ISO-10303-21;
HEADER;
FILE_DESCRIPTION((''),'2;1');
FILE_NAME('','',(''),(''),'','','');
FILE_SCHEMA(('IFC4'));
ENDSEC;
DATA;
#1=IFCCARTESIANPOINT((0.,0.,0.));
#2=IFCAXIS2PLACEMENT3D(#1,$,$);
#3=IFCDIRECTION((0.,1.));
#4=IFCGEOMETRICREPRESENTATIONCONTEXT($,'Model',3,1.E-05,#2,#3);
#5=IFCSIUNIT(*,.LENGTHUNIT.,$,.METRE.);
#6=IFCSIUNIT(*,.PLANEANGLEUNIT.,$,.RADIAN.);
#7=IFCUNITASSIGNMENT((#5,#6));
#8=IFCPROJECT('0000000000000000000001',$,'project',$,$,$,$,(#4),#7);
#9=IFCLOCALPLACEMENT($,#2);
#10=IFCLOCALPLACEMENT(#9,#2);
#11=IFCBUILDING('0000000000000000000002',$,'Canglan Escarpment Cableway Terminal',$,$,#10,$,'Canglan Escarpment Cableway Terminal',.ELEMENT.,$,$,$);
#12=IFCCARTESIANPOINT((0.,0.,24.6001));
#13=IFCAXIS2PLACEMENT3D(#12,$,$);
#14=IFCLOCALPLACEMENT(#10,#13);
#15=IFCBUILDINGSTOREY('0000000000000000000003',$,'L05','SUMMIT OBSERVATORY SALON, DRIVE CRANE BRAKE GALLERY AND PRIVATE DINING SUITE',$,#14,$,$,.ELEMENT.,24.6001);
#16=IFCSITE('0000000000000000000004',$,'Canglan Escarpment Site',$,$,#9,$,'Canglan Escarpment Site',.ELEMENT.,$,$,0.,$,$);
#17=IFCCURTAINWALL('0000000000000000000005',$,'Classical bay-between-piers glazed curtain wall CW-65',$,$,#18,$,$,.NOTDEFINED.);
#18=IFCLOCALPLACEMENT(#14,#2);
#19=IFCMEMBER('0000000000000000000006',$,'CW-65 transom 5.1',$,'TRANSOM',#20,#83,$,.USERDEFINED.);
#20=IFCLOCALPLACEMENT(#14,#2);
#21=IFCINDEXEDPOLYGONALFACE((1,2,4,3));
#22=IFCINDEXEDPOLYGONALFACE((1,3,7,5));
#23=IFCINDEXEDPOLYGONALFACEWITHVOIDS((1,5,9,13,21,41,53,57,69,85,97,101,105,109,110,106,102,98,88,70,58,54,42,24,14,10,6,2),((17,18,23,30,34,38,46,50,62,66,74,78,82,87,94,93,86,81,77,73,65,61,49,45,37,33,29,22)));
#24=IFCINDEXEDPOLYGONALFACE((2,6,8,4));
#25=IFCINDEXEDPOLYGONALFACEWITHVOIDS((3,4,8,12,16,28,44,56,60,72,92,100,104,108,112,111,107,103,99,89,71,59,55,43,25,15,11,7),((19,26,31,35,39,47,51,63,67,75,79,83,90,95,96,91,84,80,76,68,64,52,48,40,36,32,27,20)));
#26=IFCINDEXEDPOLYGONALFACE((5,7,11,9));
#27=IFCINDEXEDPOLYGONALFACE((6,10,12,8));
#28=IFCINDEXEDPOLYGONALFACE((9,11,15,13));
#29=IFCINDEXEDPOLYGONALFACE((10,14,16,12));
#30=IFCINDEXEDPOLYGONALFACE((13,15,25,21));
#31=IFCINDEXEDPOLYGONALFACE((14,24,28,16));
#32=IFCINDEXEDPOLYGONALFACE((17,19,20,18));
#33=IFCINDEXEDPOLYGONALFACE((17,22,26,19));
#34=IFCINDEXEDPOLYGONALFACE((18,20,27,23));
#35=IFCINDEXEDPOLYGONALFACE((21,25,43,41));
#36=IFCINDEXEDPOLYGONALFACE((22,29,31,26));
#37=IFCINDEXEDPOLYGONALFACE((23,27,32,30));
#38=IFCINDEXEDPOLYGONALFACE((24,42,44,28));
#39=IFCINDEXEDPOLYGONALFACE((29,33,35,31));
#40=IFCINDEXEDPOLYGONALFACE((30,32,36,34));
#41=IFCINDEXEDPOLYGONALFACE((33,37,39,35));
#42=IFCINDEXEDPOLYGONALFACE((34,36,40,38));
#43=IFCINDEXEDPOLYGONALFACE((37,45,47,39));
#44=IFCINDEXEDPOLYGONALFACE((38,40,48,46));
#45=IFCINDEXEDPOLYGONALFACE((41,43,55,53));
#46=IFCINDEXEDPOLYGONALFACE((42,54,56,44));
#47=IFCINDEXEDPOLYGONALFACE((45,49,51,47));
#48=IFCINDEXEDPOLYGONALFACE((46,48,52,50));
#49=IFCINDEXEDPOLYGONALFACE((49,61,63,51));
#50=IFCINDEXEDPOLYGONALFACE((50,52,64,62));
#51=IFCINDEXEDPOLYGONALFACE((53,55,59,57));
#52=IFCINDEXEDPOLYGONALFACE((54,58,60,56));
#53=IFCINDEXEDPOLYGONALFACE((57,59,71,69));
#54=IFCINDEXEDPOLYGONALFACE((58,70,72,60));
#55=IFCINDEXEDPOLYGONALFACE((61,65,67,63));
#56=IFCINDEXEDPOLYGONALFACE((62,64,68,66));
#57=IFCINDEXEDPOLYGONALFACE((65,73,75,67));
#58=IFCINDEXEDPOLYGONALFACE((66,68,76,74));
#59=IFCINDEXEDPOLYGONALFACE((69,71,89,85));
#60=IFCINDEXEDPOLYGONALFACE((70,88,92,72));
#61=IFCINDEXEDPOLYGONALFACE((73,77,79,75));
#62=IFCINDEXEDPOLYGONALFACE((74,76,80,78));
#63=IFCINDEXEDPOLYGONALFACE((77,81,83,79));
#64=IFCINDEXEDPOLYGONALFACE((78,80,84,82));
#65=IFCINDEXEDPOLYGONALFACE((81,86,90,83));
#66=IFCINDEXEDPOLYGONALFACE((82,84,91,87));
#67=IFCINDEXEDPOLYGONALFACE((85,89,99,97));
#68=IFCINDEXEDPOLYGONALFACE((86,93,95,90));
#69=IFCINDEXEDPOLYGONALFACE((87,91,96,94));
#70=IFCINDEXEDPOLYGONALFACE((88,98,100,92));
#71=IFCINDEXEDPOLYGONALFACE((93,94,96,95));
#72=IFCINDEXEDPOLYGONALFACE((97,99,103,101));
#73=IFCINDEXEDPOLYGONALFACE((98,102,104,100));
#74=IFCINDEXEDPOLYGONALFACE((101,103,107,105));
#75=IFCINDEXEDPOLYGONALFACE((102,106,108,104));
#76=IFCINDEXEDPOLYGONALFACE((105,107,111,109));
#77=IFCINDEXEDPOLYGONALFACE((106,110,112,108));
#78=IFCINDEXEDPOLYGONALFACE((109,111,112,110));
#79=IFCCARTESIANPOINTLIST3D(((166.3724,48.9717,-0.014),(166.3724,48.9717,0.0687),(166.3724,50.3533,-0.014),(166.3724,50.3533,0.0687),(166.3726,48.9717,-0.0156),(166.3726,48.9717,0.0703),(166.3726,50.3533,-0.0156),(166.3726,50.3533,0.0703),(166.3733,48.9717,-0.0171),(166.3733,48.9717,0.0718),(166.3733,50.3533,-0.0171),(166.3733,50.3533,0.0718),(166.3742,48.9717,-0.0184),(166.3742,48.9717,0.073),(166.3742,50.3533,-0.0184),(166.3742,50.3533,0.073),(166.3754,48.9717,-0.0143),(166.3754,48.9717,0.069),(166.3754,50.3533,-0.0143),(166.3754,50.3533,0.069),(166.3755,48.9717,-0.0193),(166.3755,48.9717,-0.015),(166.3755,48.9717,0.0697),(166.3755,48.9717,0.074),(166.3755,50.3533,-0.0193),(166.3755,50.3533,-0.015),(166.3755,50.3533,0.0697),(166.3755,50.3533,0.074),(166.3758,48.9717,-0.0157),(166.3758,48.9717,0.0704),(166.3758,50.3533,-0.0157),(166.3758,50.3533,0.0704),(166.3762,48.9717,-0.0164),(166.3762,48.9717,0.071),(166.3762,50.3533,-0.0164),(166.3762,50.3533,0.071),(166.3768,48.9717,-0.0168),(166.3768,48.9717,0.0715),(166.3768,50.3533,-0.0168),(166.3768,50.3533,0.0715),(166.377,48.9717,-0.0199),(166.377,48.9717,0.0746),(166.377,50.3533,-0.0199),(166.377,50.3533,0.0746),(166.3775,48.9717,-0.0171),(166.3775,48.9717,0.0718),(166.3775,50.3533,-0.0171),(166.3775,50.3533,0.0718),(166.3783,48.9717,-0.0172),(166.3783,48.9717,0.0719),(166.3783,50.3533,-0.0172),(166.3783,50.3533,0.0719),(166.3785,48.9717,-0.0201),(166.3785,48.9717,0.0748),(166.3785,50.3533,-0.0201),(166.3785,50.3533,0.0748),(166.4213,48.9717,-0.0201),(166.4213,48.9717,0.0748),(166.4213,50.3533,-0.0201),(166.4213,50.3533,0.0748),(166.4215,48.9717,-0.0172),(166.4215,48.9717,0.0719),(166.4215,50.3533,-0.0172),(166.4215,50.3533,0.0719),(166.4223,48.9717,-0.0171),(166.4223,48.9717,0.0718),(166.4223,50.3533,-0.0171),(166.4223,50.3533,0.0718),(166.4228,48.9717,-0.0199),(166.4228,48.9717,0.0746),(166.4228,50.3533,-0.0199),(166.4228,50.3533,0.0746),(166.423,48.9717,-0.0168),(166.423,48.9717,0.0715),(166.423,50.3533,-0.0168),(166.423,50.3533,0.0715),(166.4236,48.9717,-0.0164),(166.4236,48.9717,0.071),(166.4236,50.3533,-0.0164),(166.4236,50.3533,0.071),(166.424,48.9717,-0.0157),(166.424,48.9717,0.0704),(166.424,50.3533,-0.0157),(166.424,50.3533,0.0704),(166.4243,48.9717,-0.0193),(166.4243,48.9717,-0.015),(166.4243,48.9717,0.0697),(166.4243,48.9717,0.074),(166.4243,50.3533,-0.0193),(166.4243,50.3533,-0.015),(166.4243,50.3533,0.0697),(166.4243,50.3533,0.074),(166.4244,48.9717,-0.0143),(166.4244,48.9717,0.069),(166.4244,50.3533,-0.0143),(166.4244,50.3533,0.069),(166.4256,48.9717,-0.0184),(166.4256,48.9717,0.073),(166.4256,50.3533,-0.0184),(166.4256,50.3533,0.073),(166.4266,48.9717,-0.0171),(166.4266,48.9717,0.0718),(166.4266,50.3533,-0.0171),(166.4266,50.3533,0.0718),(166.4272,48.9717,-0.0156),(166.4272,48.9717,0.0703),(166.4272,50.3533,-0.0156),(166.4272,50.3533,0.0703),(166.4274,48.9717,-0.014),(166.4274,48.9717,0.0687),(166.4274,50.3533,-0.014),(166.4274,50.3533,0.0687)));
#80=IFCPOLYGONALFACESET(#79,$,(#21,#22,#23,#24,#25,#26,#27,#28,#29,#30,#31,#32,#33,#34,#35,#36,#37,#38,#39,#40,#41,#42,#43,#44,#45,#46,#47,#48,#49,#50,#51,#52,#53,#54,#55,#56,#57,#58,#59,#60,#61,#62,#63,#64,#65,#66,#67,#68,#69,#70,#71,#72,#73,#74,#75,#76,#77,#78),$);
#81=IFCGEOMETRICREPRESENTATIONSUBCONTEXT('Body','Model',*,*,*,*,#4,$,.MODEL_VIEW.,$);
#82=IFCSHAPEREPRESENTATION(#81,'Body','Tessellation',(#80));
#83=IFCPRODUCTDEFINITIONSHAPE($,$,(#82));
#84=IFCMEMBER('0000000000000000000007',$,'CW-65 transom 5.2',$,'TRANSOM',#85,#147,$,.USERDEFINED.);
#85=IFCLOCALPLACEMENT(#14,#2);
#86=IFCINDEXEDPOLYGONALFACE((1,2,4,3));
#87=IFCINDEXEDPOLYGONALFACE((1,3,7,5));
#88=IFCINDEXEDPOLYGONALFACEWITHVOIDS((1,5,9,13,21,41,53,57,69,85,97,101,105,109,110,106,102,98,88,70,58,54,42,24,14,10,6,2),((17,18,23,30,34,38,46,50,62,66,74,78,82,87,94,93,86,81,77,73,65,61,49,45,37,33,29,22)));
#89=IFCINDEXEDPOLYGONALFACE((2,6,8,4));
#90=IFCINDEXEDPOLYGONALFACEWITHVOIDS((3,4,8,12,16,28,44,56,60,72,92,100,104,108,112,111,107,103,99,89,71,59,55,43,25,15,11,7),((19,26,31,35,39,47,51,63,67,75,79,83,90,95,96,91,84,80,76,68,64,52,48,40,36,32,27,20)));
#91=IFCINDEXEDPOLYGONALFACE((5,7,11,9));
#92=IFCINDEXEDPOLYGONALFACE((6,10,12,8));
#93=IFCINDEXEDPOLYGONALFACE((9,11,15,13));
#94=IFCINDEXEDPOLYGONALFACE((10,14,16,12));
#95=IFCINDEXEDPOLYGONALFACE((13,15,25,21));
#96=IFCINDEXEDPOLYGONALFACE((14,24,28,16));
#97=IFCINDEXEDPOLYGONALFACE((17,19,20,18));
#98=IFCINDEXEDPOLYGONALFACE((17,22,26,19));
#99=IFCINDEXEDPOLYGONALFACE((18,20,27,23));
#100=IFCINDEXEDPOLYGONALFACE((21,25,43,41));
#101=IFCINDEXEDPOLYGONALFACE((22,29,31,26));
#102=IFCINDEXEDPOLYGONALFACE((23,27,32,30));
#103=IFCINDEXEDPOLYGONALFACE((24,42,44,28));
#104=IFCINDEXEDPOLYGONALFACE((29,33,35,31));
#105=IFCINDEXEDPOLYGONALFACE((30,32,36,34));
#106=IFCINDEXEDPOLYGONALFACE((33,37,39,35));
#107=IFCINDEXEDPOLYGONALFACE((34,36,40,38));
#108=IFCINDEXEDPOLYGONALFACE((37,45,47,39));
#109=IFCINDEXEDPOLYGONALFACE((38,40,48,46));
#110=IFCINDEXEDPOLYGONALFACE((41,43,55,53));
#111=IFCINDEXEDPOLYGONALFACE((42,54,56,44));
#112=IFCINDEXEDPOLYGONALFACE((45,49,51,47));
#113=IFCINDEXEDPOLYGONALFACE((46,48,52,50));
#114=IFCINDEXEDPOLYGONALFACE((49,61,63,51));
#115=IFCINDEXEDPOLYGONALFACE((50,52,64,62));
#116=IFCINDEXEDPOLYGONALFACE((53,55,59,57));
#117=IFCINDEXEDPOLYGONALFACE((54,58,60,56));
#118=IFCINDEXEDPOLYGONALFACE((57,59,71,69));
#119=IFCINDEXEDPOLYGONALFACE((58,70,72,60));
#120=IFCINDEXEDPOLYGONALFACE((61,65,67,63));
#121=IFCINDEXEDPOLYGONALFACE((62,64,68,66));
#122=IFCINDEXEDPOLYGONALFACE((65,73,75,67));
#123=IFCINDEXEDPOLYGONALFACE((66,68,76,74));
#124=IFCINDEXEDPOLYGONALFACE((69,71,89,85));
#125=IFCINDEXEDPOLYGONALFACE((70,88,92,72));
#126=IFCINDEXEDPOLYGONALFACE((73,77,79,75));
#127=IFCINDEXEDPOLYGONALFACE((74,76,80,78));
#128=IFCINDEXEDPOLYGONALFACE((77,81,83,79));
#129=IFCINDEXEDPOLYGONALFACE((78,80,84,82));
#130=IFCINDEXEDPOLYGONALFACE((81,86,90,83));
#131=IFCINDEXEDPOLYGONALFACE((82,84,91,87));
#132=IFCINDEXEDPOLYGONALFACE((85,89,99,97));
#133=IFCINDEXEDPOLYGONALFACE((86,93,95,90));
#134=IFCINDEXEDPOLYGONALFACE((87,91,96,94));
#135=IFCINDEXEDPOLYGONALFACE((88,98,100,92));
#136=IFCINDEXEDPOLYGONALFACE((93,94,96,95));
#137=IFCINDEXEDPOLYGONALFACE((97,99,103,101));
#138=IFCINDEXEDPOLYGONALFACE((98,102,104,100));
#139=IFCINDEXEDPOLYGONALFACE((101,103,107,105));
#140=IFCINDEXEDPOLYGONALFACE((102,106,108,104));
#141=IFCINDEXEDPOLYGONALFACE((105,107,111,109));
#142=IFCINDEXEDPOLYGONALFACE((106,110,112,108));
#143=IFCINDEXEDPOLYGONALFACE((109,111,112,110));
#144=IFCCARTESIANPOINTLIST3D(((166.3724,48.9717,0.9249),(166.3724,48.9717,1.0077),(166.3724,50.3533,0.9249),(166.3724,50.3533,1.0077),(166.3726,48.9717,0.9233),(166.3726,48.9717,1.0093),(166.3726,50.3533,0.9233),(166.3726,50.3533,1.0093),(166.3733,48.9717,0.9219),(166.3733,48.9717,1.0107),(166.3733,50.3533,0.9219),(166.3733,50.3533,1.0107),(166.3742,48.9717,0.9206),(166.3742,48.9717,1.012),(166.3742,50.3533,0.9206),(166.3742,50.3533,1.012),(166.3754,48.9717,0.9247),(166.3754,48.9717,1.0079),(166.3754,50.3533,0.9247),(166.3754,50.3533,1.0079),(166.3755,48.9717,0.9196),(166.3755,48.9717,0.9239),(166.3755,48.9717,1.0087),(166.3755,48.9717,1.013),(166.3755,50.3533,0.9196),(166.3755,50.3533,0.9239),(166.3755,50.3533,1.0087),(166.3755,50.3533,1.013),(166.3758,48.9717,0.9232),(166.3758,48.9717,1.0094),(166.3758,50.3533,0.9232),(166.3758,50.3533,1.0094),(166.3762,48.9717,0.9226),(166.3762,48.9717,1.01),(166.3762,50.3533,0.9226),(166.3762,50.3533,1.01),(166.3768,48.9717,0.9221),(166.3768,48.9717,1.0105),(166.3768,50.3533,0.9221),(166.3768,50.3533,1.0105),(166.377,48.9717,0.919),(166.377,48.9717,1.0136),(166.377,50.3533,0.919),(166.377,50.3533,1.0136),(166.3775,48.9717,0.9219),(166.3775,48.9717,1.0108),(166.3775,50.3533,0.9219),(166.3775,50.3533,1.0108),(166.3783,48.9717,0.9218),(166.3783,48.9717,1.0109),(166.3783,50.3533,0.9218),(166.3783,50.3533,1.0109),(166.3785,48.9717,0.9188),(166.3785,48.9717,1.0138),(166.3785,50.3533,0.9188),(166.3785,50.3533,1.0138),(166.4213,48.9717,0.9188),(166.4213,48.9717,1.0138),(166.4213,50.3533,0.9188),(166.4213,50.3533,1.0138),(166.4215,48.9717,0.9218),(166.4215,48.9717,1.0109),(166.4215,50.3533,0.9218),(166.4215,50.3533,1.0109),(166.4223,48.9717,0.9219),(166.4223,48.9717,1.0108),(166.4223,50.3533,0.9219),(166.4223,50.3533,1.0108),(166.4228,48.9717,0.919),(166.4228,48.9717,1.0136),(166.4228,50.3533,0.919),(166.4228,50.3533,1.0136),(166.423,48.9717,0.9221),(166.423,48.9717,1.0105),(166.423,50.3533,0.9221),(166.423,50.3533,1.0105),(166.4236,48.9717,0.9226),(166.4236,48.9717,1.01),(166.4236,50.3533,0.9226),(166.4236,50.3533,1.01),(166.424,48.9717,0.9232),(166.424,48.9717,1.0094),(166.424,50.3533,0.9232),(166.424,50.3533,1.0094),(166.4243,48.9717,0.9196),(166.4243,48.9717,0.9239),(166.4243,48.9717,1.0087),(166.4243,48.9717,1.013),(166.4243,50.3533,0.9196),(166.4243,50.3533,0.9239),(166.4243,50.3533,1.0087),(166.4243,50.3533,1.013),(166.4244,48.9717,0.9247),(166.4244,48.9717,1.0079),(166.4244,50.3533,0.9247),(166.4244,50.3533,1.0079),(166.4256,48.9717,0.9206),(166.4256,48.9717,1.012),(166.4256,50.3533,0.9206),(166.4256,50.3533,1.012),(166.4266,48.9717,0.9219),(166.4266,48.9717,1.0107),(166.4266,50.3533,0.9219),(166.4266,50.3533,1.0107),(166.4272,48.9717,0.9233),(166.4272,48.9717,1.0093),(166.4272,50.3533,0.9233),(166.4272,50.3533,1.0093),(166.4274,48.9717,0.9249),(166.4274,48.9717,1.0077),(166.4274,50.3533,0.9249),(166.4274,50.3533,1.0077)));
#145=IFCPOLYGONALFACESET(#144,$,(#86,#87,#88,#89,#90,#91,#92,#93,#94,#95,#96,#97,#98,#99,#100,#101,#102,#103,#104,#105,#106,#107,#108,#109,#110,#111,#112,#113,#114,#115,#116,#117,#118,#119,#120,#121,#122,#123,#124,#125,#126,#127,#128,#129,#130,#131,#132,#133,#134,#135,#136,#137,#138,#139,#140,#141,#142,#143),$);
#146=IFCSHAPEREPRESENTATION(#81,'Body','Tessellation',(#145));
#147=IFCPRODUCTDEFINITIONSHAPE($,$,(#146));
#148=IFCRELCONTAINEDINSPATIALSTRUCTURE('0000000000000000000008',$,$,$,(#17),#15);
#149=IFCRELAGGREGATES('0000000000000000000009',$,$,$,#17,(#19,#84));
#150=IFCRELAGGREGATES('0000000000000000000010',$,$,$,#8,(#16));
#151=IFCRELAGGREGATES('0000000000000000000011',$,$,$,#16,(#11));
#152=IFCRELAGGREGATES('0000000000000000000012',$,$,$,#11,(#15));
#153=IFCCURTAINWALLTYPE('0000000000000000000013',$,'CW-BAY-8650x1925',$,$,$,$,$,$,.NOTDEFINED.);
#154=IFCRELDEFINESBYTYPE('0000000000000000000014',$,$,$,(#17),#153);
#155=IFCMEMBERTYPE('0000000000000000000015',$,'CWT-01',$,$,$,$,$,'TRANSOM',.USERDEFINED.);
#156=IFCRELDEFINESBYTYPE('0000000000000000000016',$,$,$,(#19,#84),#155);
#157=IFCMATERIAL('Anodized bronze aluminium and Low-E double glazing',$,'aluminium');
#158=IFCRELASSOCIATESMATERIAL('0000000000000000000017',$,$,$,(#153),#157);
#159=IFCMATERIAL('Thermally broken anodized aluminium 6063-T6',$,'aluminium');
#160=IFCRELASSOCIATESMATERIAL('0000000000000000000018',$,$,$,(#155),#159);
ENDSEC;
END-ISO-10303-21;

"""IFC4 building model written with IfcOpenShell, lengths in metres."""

from ifc_helpers import new_model, si_unit, direction, frame, origin, origin_2d, place, context, subcontext, project, spatial, hollow_rectangle, extrude, material, material_profile, profile_set, type_object, element, aggregate, save


model = new_model("IFC4")

# Units and contexts
model_context = context("Model", 3, precision=1e-05, world=origin(), true_north=direction((0.0, 1.0)))
body_context = subcontext(model_context, "Body", "Model", "MODEL_VIEW")
ifc_project = project(units=[si_unit("LENGTHUNIT", "METRE"), si_unit("PLANEANGLEUNIT", "RADIAN")], contexts=[model_context])

# Site, building, storey
site_placement = place(None, origin())
site = spatial("IfcSite", under=ifc_project, at=site_placement, Name="Canglan Escarpment Site", LongName="Canglan Escarpment Site", CompositionType="ELEMENT", RefElevation=0.0)
building_placement = place(site_placement, origin())
building = spatial("IfcBuilding", under=site, at=building_placement, Name="Canglan Escarpment Cableway Terminal", LongName="Canglan Escarpment Cableway Terminal", CompositionType="ELEMENT")
storey_placement = place(building_placement, frame((0.0, 0.0, 24.6001)))
storey = spatial("IfcBuildingStorey", under=building, at=storey_placement, Name="L05", Description="SUMMIT OBSERVATORY SALON, DRIVE CRANE BRAKE GALLERY AND PRIVATE DINING SUITE", CompositionType="ELEMENT", Elevation=24.6001)

# Curtain wall, members
ifc_material_1 = material(Name="Anodized bronze aluminium and Low-E double glazing", Category="aluminium")
curtain_wall_type = type_object("IfcCurtainWallType", Name="CW-BAY-8650x1925", PredefinedType="NOTDEFINED", material=ifc_material_1)
curtain_wall_placement = place(storey_placement, origin())
curtain_wall = element("IfcCurtainWall", 1, at=curtain_wall_placement, inside=storey, type_object=curtain_wall_type, Name="Classical bay-between-piers glazed curtain wall CW-65", PredefinedType="NOTDEFINED")
ifc_material_2 = material(Name="Thermally broken anodized aluminium 6063-T6", Category="aluminium")
ifc_material_profile_1 = material_profile(ifc_material_2, hollow_rectangle(XDim=0.0549, YDim=0.095, WallThickness=0.0029, InnerFilletRadius=0.0029, OuterFilletRadius=0.0061, at=origin_2d()), Name="ALU-TRAN 55x95x3")
ifc_profile_set_1 = profile_set([ifc_material_profile_1], Name="Thermally broken anodized aluminium 6063-T6")
member_type_1 = type_object("IfcMemberType", Name="CWT-01", ElementType="TRANSOM", PredefinedType="USERDEFINED", material=ifc_profile_set_1)
member_1_placement = place(storey_placement, frame((166.3999, 48.9717, 0.0273), z_axis=(0.0, 1.0, 0.0), x_axis=(-1.0, 0.0, 0.0)))
member_1 = element("IfcMember", 2, at=member_1_placement, type_object=member_type_1, Name="CW-65 transom 5.1", ObjectType="TRANSOM", PredefinedType="USERDEFINED", context=body_context, shape_type="SweptSolid", body=[
    extrude(hollow_rectangle(XDim=0.0549, YDim=0.095, WallThickness=0.0029, InnerFilletRadius=0.0029, OuterFilletRadius=0.0061, at=origin_2d()), origin(), (0.0, 0.0, 1.0), 1.3816),
])
member_2_placement = place(storey_placement, frame((166.3999, 48.9717, 0.9663), z_axis=(0.0, 1.0, 0.0), x_axis=(-1.0, 0.0, 0.0)))
member_2 = element("IfcMember", 3, at=member_2_placement, type_object=member_type_1, Name="CW-65 transom 5.2", ObjectType="TRANSOM", PredefinedType="USERDEFINED", context=body_context, shape_type="SweptSolid", body=[
    extrude(hollow_rectangle(XDim=0.0549, YDim=0.095, WallThickness=0.0029, InnerFilletRadius=0.0029, OuterFilletRadius=0.0061, at=origin_2d()), origin(), (0.0, 0.0, 1.0), 1.3816),
])

aggregate(curtain_wall, [member_1, member_2])

save(model, "model.ifc")
